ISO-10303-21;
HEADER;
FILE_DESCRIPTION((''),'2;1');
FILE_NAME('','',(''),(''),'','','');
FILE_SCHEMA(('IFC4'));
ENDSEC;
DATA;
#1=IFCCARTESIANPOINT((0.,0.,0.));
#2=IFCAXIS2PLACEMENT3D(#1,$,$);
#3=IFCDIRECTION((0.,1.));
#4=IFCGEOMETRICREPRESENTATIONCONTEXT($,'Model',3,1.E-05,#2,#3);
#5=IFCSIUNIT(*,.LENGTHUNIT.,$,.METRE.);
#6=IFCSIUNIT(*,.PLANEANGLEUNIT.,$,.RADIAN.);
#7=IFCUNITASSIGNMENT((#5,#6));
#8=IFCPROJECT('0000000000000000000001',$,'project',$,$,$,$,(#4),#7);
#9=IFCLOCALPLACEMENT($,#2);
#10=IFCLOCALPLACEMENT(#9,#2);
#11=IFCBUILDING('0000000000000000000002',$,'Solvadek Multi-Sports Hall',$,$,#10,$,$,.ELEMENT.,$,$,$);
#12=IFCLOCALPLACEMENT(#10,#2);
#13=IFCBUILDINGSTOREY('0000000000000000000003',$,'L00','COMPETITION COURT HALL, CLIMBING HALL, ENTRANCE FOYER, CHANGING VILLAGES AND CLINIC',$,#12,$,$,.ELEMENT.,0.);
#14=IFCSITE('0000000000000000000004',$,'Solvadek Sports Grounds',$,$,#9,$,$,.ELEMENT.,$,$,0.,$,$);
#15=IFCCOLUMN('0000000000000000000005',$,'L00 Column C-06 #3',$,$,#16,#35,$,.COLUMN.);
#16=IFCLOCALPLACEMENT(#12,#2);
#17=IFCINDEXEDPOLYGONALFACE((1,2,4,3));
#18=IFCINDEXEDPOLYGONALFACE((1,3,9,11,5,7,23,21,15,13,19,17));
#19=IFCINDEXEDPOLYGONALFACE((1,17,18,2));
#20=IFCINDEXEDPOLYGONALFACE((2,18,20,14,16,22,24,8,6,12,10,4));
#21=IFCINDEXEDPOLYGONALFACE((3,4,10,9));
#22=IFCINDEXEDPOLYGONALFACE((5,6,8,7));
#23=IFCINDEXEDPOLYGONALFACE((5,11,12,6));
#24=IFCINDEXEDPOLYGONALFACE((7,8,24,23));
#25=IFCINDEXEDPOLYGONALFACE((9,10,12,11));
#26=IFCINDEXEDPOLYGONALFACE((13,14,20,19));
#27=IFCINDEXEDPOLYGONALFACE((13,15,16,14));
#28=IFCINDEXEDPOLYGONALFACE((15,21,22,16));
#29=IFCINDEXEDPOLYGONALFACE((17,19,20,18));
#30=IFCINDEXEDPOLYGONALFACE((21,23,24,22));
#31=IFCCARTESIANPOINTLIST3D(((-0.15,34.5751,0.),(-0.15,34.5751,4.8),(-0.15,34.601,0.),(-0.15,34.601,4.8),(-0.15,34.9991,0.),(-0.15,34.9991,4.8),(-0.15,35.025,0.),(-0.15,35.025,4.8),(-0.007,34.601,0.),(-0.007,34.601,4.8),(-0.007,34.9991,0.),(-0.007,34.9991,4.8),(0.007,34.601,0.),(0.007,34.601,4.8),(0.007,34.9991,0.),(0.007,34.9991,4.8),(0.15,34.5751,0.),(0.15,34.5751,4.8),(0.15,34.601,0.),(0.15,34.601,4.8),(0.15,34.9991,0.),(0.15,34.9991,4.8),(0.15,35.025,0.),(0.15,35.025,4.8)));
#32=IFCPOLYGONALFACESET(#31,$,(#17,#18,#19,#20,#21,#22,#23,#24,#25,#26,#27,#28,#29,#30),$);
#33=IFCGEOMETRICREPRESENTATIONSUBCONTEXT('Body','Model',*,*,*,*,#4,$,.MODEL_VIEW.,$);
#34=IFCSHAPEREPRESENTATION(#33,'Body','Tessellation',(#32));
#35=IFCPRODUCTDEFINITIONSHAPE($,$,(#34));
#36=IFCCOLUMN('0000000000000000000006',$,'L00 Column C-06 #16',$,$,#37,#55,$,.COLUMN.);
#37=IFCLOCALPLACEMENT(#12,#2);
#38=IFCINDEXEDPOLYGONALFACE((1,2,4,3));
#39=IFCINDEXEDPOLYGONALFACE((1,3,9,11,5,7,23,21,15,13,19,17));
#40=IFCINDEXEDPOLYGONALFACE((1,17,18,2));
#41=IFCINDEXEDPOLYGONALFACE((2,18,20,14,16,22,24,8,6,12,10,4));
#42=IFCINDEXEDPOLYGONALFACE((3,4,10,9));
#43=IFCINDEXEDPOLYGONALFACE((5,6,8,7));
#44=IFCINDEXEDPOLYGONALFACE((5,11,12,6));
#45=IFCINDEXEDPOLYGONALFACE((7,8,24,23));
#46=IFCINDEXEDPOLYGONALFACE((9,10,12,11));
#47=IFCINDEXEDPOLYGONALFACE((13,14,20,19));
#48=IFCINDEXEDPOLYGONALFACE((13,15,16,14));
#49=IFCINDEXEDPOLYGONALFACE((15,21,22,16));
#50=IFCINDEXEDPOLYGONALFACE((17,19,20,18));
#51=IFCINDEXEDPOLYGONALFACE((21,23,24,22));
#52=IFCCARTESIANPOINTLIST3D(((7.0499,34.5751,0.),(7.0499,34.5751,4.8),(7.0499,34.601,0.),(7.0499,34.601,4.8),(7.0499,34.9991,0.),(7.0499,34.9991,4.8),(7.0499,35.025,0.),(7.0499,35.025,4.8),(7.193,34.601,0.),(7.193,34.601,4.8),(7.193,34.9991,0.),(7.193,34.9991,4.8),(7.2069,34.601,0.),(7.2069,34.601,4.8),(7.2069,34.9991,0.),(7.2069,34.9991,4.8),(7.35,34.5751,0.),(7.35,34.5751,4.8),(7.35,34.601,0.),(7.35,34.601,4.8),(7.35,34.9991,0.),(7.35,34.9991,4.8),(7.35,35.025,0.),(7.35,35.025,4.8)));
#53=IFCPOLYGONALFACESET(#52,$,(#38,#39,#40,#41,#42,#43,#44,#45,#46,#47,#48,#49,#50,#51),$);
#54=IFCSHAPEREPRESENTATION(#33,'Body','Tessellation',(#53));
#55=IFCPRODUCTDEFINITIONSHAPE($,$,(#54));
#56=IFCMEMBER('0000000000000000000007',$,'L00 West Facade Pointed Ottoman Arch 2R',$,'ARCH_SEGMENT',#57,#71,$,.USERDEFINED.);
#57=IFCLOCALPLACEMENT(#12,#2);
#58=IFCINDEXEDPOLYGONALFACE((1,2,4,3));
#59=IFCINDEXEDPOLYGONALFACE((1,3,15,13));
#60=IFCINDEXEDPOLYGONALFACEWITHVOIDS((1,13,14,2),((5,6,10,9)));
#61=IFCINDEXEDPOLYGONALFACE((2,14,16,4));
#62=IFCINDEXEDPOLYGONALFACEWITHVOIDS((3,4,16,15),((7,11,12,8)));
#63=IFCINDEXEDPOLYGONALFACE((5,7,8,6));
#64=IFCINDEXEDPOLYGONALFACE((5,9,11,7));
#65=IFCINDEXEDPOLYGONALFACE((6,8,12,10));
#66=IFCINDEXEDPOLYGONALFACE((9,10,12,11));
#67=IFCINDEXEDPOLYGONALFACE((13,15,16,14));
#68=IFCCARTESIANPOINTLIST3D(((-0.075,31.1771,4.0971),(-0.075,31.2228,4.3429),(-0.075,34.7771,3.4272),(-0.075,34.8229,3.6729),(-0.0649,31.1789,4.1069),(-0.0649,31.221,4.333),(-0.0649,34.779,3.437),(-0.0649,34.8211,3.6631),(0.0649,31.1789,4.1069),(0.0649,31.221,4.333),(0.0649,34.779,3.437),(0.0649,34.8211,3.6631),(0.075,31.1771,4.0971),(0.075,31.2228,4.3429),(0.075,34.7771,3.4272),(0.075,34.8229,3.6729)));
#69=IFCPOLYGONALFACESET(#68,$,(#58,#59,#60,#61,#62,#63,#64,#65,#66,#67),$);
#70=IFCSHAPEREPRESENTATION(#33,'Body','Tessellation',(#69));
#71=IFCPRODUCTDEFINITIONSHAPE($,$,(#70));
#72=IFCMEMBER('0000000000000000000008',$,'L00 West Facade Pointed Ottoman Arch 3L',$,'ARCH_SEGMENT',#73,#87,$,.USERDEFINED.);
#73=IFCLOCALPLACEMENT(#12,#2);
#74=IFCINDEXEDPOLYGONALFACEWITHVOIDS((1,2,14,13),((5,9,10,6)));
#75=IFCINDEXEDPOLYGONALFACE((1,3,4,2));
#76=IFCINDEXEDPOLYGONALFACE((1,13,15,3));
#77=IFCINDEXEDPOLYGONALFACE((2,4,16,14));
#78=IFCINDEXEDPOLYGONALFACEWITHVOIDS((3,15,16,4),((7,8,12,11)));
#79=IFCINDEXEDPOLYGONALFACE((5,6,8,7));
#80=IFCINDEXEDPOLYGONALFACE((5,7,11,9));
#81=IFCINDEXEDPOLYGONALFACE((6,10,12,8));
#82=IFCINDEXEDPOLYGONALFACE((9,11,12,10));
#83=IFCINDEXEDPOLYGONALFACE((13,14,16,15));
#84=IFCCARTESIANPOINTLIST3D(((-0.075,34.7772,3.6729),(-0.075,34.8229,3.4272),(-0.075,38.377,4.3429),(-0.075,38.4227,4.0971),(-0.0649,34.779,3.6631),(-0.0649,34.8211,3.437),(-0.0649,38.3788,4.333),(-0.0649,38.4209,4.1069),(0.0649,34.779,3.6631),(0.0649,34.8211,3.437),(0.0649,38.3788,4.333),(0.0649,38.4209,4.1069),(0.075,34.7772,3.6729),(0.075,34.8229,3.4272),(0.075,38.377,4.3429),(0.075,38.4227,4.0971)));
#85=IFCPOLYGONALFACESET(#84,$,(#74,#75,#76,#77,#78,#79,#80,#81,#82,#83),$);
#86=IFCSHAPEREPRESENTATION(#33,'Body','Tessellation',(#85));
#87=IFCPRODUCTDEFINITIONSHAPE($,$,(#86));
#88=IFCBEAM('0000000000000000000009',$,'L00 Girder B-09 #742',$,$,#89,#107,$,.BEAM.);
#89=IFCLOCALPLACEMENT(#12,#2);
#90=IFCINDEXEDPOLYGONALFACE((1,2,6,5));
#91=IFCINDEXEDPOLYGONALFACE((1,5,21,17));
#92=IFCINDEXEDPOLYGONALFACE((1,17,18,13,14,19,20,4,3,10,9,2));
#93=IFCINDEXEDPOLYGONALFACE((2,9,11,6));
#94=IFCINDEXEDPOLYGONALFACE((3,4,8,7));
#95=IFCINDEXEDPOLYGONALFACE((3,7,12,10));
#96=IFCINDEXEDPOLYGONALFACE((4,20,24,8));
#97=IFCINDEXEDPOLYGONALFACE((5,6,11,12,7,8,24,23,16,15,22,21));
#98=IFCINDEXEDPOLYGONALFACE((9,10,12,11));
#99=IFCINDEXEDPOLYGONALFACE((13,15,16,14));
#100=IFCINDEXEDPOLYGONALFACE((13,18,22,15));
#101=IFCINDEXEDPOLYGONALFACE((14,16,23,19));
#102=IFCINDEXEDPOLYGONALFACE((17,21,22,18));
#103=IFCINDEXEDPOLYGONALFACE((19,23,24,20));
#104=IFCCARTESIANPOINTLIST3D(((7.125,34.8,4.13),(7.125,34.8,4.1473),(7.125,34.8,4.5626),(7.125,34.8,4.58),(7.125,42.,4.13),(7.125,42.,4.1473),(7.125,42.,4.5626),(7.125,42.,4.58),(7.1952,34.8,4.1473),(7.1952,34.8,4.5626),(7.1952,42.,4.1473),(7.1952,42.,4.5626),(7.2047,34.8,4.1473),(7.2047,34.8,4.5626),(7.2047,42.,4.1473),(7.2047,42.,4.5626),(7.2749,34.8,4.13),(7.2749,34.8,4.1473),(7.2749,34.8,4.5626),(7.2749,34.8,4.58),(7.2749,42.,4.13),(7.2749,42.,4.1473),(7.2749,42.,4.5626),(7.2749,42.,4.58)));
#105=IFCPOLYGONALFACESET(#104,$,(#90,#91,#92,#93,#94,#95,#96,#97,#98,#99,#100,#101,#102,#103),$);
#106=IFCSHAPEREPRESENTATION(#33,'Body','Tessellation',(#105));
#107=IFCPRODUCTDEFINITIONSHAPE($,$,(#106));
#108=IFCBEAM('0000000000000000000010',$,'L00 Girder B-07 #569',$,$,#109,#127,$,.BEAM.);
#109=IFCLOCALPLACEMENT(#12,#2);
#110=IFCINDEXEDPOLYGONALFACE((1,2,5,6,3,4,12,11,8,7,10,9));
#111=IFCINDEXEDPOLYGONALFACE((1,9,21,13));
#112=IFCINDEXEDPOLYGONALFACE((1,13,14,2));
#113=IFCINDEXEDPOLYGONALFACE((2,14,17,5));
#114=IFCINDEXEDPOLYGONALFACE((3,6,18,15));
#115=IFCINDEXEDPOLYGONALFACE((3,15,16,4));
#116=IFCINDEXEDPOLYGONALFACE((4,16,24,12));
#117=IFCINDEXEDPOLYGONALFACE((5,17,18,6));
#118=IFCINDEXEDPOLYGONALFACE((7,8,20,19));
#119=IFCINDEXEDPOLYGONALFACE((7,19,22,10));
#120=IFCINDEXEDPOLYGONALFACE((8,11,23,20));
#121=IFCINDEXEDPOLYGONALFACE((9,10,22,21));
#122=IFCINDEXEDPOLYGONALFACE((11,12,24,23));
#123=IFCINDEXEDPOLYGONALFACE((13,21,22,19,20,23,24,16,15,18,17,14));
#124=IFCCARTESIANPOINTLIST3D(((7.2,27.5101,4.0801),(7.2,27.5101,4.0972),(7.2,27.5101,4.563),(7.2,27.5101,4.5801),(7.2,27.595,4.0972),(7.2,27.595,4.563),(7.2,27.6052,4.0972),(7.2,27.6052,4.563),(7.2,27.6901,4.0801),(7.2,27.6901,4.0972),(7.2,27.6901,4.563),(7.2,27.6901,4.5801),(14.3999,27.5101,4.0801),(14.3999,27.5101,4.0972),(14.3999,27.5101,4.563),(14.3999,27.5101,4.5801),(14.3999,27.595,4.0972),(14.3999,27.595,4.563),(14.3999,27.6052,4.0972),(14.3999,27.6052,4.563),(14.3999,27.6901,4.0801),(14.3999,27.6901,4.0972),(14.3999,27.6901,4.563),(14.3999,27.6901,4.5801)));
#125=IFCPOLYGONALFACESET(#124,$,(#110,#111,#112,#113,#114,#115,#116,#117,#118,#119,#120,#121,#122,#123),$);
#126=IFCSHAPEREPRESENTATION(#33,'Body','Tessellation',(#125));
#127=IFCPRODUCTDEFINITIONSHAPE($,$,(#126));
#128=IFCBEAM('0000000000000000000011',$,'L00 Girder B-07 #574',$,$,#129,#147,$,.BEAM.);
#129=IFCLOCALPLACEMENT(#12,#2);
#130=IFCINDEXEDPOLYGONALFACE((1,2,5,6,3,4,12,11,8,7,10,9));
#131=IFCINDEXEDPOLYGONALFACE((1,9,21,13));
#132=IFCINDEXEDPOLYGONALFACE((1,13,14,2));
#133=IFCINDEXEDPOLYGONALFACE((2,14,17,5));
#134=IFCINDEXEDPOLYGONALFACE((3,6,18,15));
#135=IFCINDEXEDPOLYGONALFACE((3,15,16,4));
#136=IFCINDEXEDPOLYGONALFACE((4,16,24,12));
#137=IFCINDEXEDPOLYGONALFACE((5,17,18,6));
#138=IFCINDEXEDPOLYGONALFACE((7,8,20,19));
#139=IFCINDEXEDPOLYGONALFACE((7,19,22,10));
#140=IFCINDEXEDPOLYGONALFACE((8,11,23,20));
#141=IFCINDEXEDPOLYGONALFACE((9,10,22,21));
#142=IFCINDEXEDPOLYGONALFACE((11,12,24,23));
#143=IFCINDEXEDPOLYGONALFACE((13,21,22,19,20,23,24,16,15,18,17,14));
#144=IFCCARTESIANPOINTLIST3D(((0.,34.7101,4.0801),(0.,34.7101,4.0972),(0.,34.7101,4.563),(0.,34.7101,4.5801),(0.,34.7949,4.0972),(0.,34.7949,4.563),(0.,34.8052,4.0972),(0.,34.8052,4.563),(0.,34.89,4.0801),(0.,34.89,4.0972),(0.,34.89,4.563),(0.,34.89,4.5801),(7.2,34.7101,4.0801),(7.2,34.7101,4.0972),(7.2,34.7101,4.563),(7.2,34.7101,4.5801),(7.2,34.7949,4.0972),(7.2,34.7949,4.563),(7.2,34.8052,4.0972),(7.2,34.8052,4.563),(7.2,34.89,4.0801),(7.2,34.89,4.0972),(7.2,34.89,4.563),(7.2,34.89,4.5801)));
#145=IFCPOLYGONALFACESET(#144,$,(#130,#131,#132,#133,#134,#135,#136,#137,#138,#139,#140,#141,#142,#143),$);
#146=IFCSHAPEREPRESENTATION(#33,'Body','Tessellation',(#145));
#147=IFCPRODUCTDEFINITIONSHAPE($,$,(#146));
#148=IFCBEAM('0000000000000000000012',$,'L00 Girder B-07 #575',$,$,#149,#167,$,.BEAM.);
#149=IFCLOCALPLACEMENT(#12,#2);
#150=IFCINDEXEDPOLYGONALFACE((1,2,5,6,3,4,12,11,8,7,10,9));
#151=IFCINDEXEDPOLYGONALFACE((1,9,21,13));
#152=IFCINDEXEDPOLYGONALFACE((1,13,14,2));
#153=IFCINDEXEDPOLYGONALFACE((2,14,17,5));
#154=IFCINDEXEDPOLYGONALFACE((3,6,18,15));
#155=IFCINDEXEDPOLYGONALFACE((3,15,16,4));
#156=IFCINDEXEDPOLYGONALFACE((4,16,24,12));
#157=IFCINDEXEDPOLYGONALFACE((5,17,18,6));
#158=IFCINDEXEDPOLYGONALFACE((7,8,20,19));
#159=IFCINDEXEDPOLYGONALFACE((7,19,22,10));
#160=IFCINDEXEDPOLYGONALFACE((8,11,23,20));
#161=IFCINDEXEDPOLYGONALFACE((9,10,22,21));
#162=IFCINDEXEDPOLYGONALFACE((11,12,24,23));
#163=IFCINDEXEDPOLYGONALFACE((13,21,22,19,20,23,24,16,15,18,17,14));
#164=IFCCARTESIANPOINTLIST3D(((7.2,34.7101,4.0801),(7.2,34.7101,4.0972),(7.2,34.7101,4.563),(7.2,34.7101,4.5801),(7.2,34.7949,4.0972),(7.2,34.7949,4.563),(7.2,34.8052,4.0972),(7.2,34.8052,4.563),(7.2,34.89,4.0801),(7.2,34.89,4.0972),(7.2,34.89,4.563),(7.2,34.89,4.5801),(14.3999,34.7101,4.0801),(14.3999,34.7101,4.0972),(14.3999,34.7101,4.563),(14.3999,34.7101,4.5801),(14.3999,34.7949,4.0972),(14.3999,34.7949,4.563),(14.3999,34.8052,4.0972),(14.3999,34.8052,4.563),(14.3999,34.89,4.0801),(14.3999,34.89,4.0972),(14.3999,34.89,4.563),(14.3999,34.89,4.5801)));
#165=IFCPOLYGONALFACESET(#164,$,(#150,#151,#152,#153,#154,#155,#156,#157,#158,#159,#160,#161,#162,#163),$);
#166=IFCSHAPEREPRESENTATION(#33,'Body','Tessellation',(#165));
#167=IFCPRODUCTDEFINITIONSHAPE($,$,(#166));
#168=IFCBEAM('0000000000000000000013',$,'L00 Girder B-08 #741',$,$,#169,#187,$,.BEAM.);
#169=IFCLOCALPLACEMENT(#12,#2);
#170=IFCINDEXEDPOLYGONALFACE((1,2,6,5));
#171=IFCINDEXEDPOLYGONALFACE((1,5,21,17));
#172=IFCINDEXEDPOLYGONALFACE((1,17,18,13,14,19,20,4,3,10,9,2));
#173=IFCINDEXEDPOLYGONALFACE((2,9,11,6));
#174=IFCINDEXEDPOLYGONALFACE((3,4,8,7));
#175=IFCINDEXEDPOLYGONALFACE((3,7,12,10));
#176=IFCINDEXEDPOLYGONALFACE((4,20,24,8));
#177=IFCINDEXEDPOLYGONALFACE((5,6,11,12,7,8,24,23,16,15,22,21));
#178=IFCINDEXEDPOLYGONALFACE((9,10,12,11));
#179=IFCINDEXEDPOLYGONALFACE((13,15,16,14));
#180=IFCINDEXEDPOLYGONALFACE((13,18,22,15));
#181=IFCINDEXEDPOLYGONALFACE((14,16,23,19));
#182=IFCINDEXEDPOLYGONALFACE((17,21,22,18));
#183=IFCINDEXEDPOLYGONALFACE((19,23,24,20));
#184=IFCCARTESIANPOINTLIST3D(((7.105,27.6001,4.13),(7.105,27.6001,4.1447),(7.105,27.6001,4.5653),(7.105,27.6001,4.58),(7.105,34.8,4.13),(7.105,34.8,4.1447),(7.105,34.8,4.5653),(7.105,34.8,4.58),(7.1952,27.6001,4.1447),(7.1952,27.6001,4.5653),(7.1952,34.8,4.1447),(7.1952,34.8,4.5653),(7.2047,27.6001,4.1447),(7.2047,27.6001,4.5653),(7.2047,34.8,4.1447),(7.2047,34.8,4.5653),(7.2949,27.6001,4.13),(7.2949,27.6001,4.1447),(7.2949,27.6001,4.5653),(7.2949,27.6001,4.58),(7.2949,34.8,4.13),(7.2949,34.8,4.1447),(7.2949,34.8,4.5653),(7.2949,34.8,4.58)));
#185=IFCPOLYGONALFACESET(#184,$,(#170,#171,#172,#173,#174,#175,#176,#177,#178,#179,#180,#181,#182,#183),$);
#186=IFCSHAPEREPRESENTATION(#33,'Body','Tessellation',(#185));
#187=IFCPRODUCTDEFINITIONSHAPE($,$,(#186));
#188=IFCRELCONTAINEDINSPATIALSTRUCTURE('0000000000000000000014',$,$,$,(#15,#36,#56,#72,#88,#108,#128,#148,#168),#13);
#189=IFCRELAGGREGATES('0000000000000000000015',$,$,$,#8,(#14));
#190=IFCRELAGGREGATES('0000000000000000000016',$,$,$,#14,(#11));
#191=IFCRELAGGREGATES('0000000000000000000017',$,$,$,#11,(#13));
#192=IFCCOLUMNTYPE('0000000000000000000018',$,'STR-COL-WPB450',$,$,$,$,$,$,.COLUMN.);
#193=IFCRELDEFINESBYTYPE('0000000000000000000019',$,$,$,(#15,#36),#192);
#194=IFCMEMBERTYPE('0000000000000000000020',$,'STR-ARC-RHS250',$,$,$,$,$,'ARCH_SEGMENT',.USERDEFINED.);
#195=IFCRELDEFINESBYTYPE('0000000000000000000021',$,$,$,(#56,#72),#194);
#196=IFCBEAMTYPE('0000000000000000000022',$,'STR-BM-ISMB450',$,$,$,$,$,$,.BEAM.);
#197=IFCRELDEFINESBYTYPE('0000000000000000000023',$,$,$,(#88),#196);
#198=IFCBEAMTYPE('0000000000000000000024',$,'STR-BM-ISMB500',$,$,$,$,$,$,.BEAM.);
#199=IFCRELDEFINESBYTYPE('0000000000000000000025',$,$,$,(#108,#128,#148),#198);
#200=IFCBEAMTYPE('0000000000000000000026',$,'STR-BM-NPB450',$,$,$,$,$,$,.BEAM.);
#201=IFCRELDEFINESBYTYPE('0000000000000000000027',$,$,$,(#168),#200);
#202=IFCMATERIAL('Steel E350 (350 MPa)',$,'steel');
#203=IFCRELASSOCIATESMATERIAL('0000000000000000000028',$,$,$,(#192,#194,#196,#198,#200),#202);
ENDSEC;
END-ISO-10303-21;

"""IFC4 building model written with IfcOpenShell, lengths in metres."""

from ifc_helpers import new_model, si_unit, direction, frame, origin, origin_2d, place, context, subcontext, project, spatial, hollow_rectangle, i_section, extrude, material, material_profile, profile_set, type_object, element, save


model = new_model("IFC4")

# Units and contexts
model_context = context("Model", 3, precision=1e-05, world=origin(), true_north=direction((0.0, 1.0)))
body_context = subcontext(model_context, "Body", "Model", "MODEL_VIEW")
ifc_project = project(units=[si_unit("LENGTHUNIT", "METRE"), si_unit("PLANEANGLEUNIT", "RADIAN")], contexts=[model_context])

# Site, building, storey
site_placement = place(None, origin())
site = spatial("IfcSite", under=ifc_project, at=site_placement, Name="Solvadek Sports Grounds", CompositionType="ELEMENT", RefElevation=0.0)
building_placement = place(site_placement, origin())
building = spatial("IfcBuilding", under=site, at=building_placement, Name="Solvadek Multi-Sports Hall", CompositionType="ELEMENT")
storey_placement = place(building_placement, origin())
storey = spatial("IfcBuildingStorey", under=building, at=storey_placement, Name="L00", Description="COMPETITION COURT HALL, CLIMBING HALL, ENTRANCE FOYER, CHANGING VILLAGES AND CLINIC", CompositionType="ELEMENT", Elevation=0.0)

# Columns
ifc_material_1 = material(Name="Steel E350 (350 MPa)", Category="steel")
ifc_material_profile_1 = material_profile(ifc_material_1, i_section(OverallWidth=0.3, OverallDepth=0.45, WebThickness=0.0139, FlangeThickness=0.0259, at=origin_2d()), Name="WPB 450")
ifc_profile_set_1 = profile_set([ifc_material_profile_1], Name="Steel E350 (350 MPa)")
column_type = type_object("IfcColumnType", Name="STR-COL-WPB450", PredefinedType="COLUMN", material=ifc_profile_set_1)
for number, where, z_axis, x_axis, name in (
    (1, (0.0, 34.8, 0.0), (0.0, 0.0, 1.0), (1.0, 0.0, 0.0), "L00 Column C-06 #3"),
    (2, (7.2, 34.8, 0.0), (0.0, 0.0, 1.0), (1.0, 0.0, 0.0), "L00 Column C-06 #16"),
):
    element("IfcColumn", number, at=place(storey_placement, frame(where, z_axis=z_axis, x_axis=x_axis)), inside=storey, type_object=column_type, Name=name, PredefinedType="COLUMN", context=body_context, shape_type="SweptSolid", body=[
        extrude(i_section(OverallWidth=0.3, OverallDepth=0.45, WebThickness=0.0139, FlangeThickness=0.0259, at=origin_2d()), origin(), (0.0, 0.0, 1.0), 4.8),
    ])

# Members
ifc_material_profile_2 = material_profile(ifc_material_1, hollow_rectangle(XDim=0.1499, YDim=0.25, WallThickness=0.01, at=origin_2d()), Name="RHS 250x150x10")
ifc_profile_set_2 = profile_set([ifc_material_profile_2], Name="Steel E350 (350 MPa)")
member_type = type_object("IfcMemberType", Name="STR-ARC-RHS250", ElementType="ARCH_SEGMENT", PredefinedType="USERDEFINED", material=ifc_profile_set_2)
member_1_placement = place(storey_placement, frame((0.0, 31.2, 4.22), z_axis=(0.0, 0.983123, -0.182944), x_axis=(-1.0, 0.0, 0.0)))
element("IfcMember", 3, at=member_1_placement, inside=storey, type_object=member_type, Name="L00 West Facade Pointed Ottoman Arch 2R", ObjectType="ARCH_SEGMENT", PredefinedType="USERDEFINED", context=body_context, shape_type="SweptSolid", body=[
    extrude(hollow_rectangle(XDim=0.1499, YDim=0.25, WallThickness=0.01, at=origin_2d()), origin(), (0.0, 0.0, 1.0), 3.6619),
])
member_2_placement = place(storey_placement, frame((0.0, 34.8, 3.55), z_axis=(0.0, 0.983121, 0.182956), x_axis=(-1.0, 0.0, 0.0)))
element("IfcMember", 4, at=member_2_placement, inside=storey, type_object=member_type, Name="L00 West Facade Pointed Ottoman Arch 3L", ObjectType="ARCH_SEGMENT", PredefinedType="USERDEFINED", context=body_context, shape_type="SweptSolid", body=[
    extrude(hollow_rectangle(XDim=0.1499, YDim=0.25, WallThickness=0.01, at=origin_2d()), origin(), (0.0, 0.0, 1.0), 3.6616),
])

# Beams
ifc_material_profile_3 = material_profile(ifc_material_1, i_section(OverallWidth=0.1499, OverallDepth=0.45, WebThickness=0.0095, FlangeThickness=0.0173, at=origin_2d()), Name="ISMB 450")
ifc_profile_set_3 = profile_set([ifc_material_profile_3], Name="Steel E350 (350 MPa)")
beam_type_1 = type_object("IfcBeamType", Name="STR-BM-ISMB450", PredefinedType="BEAM", material=ifc_profile_set_3)
beam_1_placement = place(storey_placement, frame((7.2, 34.8, 4.355), z_axis=(0.0, 1.0, 0.0), x_axis=(-1.0, 0.0, 0.0)))
element("IfcBeam", 5, at=beam_1_placement, inside=storey, type_object=beam_type_1, Name="L00 Girder B-09 #742", PredefinedType="BEAM", context=body_context, shape_type="SweptSolid", body=[
    extrude(i_section(OverallWidth=0.1499, OverallDepth=0.45, WebThickness=0.0095, FlangeThickness=0.0173, at=origin_2d()), origin(), (0.0, 0.0, 1.0), 7.2),
])
ifc_material_profile_4 = material_profile(ifc_material_1, i_section(OverallWidth=0.1799, OverallDepth=0.5, WebThickness=0.0103, FlangeThickness=0.0171, at=origin_2d()), Name="ISMB 500")
ifc_profile_set_4 = profile_set([ifc_material_profile_4], Name="Steel E350 (350 MPa)")
beam_type_2 = type_object("IfcBeamType", Name="STR-BM-ISMB500", PredefinedType="BEAM", material=ifc_profile_set_4)
for number, where, z_axis, x_axis, name in (
    (6, (7.2, 27.6001, 4.3301), (1.0, 0.0, 0.0), (0.0, 1.0, 0.0), "L00 Girder B-07 #569"),
    (7, (0.0, 34.8, 4.3301), (1.0, 0.0, 0.0), (0.0, 1.0, 0.0), "L00 Girder B-07 #574"),
    (8, (7.2, 34.8, 4.3301), (1.0, 0.0, 0.0), (0.0, 1.0, 0.0), "L00 Girder B-07 #575"),
):
    element("IfcBeam", number, at=place(storey_placement, frame(where, z_axis=z_axis, x_axis=x_axis)), inside=storey, type_object=beam_type_2, Name=name, PredefinedType="BEAM", context=body_context, shape_type="SweptSolid", body=[
        extrude(i_section(OverallWidth=0.1799, OverallDepth=0.5, WebThickness=0.0103, FlangeThickness=0.0171, at=origin_2d()), origin(), (0.0, 0.0, 1.0), 7.2),
    ])
ifc_material_profile_5 = material_profile(ifc_material_1, i_section(OverallWidth=0.1899, OverallDepth=0.45, WebThickness=0.0095, FlangeThickness=0.0146, at=origin_2d()), Name="NPB 450")
ifc_profile_set_5 = profile_set([ifc_material_profile_5], Name="Steel E350 (350 MPa)")
beam_type_3 = type_object("IfcBeamType", Name="STR-BM-NPB450", PredefinedType="BEAM", material=ifc_profile_set_5)
beam_2_placement = place(storey_placement, frame((7.2, 27.6001, 4.355), z_axis=(0.0, 1.0, 0.0), x_axis=(-1.0, 0.0, 0.0)))
element("IfcBeam", 9, at=beam_2_placement, inside=storey, type_object=beam_type_3, Name="L00 Girder B-08 #741", PredefinedType="BEAM", context=body_context, shape_type="SweptSolid", body=[
    extrude(i_section(OverallWidth=0.1899, OverallDepth=0.45, WebThickness=0.0095, FlangeThickness=0.0146, at=origin_2d()), origin(), (0.0, 0.0, 1.0), 7.2),
])

save(model, "model.ifc")
